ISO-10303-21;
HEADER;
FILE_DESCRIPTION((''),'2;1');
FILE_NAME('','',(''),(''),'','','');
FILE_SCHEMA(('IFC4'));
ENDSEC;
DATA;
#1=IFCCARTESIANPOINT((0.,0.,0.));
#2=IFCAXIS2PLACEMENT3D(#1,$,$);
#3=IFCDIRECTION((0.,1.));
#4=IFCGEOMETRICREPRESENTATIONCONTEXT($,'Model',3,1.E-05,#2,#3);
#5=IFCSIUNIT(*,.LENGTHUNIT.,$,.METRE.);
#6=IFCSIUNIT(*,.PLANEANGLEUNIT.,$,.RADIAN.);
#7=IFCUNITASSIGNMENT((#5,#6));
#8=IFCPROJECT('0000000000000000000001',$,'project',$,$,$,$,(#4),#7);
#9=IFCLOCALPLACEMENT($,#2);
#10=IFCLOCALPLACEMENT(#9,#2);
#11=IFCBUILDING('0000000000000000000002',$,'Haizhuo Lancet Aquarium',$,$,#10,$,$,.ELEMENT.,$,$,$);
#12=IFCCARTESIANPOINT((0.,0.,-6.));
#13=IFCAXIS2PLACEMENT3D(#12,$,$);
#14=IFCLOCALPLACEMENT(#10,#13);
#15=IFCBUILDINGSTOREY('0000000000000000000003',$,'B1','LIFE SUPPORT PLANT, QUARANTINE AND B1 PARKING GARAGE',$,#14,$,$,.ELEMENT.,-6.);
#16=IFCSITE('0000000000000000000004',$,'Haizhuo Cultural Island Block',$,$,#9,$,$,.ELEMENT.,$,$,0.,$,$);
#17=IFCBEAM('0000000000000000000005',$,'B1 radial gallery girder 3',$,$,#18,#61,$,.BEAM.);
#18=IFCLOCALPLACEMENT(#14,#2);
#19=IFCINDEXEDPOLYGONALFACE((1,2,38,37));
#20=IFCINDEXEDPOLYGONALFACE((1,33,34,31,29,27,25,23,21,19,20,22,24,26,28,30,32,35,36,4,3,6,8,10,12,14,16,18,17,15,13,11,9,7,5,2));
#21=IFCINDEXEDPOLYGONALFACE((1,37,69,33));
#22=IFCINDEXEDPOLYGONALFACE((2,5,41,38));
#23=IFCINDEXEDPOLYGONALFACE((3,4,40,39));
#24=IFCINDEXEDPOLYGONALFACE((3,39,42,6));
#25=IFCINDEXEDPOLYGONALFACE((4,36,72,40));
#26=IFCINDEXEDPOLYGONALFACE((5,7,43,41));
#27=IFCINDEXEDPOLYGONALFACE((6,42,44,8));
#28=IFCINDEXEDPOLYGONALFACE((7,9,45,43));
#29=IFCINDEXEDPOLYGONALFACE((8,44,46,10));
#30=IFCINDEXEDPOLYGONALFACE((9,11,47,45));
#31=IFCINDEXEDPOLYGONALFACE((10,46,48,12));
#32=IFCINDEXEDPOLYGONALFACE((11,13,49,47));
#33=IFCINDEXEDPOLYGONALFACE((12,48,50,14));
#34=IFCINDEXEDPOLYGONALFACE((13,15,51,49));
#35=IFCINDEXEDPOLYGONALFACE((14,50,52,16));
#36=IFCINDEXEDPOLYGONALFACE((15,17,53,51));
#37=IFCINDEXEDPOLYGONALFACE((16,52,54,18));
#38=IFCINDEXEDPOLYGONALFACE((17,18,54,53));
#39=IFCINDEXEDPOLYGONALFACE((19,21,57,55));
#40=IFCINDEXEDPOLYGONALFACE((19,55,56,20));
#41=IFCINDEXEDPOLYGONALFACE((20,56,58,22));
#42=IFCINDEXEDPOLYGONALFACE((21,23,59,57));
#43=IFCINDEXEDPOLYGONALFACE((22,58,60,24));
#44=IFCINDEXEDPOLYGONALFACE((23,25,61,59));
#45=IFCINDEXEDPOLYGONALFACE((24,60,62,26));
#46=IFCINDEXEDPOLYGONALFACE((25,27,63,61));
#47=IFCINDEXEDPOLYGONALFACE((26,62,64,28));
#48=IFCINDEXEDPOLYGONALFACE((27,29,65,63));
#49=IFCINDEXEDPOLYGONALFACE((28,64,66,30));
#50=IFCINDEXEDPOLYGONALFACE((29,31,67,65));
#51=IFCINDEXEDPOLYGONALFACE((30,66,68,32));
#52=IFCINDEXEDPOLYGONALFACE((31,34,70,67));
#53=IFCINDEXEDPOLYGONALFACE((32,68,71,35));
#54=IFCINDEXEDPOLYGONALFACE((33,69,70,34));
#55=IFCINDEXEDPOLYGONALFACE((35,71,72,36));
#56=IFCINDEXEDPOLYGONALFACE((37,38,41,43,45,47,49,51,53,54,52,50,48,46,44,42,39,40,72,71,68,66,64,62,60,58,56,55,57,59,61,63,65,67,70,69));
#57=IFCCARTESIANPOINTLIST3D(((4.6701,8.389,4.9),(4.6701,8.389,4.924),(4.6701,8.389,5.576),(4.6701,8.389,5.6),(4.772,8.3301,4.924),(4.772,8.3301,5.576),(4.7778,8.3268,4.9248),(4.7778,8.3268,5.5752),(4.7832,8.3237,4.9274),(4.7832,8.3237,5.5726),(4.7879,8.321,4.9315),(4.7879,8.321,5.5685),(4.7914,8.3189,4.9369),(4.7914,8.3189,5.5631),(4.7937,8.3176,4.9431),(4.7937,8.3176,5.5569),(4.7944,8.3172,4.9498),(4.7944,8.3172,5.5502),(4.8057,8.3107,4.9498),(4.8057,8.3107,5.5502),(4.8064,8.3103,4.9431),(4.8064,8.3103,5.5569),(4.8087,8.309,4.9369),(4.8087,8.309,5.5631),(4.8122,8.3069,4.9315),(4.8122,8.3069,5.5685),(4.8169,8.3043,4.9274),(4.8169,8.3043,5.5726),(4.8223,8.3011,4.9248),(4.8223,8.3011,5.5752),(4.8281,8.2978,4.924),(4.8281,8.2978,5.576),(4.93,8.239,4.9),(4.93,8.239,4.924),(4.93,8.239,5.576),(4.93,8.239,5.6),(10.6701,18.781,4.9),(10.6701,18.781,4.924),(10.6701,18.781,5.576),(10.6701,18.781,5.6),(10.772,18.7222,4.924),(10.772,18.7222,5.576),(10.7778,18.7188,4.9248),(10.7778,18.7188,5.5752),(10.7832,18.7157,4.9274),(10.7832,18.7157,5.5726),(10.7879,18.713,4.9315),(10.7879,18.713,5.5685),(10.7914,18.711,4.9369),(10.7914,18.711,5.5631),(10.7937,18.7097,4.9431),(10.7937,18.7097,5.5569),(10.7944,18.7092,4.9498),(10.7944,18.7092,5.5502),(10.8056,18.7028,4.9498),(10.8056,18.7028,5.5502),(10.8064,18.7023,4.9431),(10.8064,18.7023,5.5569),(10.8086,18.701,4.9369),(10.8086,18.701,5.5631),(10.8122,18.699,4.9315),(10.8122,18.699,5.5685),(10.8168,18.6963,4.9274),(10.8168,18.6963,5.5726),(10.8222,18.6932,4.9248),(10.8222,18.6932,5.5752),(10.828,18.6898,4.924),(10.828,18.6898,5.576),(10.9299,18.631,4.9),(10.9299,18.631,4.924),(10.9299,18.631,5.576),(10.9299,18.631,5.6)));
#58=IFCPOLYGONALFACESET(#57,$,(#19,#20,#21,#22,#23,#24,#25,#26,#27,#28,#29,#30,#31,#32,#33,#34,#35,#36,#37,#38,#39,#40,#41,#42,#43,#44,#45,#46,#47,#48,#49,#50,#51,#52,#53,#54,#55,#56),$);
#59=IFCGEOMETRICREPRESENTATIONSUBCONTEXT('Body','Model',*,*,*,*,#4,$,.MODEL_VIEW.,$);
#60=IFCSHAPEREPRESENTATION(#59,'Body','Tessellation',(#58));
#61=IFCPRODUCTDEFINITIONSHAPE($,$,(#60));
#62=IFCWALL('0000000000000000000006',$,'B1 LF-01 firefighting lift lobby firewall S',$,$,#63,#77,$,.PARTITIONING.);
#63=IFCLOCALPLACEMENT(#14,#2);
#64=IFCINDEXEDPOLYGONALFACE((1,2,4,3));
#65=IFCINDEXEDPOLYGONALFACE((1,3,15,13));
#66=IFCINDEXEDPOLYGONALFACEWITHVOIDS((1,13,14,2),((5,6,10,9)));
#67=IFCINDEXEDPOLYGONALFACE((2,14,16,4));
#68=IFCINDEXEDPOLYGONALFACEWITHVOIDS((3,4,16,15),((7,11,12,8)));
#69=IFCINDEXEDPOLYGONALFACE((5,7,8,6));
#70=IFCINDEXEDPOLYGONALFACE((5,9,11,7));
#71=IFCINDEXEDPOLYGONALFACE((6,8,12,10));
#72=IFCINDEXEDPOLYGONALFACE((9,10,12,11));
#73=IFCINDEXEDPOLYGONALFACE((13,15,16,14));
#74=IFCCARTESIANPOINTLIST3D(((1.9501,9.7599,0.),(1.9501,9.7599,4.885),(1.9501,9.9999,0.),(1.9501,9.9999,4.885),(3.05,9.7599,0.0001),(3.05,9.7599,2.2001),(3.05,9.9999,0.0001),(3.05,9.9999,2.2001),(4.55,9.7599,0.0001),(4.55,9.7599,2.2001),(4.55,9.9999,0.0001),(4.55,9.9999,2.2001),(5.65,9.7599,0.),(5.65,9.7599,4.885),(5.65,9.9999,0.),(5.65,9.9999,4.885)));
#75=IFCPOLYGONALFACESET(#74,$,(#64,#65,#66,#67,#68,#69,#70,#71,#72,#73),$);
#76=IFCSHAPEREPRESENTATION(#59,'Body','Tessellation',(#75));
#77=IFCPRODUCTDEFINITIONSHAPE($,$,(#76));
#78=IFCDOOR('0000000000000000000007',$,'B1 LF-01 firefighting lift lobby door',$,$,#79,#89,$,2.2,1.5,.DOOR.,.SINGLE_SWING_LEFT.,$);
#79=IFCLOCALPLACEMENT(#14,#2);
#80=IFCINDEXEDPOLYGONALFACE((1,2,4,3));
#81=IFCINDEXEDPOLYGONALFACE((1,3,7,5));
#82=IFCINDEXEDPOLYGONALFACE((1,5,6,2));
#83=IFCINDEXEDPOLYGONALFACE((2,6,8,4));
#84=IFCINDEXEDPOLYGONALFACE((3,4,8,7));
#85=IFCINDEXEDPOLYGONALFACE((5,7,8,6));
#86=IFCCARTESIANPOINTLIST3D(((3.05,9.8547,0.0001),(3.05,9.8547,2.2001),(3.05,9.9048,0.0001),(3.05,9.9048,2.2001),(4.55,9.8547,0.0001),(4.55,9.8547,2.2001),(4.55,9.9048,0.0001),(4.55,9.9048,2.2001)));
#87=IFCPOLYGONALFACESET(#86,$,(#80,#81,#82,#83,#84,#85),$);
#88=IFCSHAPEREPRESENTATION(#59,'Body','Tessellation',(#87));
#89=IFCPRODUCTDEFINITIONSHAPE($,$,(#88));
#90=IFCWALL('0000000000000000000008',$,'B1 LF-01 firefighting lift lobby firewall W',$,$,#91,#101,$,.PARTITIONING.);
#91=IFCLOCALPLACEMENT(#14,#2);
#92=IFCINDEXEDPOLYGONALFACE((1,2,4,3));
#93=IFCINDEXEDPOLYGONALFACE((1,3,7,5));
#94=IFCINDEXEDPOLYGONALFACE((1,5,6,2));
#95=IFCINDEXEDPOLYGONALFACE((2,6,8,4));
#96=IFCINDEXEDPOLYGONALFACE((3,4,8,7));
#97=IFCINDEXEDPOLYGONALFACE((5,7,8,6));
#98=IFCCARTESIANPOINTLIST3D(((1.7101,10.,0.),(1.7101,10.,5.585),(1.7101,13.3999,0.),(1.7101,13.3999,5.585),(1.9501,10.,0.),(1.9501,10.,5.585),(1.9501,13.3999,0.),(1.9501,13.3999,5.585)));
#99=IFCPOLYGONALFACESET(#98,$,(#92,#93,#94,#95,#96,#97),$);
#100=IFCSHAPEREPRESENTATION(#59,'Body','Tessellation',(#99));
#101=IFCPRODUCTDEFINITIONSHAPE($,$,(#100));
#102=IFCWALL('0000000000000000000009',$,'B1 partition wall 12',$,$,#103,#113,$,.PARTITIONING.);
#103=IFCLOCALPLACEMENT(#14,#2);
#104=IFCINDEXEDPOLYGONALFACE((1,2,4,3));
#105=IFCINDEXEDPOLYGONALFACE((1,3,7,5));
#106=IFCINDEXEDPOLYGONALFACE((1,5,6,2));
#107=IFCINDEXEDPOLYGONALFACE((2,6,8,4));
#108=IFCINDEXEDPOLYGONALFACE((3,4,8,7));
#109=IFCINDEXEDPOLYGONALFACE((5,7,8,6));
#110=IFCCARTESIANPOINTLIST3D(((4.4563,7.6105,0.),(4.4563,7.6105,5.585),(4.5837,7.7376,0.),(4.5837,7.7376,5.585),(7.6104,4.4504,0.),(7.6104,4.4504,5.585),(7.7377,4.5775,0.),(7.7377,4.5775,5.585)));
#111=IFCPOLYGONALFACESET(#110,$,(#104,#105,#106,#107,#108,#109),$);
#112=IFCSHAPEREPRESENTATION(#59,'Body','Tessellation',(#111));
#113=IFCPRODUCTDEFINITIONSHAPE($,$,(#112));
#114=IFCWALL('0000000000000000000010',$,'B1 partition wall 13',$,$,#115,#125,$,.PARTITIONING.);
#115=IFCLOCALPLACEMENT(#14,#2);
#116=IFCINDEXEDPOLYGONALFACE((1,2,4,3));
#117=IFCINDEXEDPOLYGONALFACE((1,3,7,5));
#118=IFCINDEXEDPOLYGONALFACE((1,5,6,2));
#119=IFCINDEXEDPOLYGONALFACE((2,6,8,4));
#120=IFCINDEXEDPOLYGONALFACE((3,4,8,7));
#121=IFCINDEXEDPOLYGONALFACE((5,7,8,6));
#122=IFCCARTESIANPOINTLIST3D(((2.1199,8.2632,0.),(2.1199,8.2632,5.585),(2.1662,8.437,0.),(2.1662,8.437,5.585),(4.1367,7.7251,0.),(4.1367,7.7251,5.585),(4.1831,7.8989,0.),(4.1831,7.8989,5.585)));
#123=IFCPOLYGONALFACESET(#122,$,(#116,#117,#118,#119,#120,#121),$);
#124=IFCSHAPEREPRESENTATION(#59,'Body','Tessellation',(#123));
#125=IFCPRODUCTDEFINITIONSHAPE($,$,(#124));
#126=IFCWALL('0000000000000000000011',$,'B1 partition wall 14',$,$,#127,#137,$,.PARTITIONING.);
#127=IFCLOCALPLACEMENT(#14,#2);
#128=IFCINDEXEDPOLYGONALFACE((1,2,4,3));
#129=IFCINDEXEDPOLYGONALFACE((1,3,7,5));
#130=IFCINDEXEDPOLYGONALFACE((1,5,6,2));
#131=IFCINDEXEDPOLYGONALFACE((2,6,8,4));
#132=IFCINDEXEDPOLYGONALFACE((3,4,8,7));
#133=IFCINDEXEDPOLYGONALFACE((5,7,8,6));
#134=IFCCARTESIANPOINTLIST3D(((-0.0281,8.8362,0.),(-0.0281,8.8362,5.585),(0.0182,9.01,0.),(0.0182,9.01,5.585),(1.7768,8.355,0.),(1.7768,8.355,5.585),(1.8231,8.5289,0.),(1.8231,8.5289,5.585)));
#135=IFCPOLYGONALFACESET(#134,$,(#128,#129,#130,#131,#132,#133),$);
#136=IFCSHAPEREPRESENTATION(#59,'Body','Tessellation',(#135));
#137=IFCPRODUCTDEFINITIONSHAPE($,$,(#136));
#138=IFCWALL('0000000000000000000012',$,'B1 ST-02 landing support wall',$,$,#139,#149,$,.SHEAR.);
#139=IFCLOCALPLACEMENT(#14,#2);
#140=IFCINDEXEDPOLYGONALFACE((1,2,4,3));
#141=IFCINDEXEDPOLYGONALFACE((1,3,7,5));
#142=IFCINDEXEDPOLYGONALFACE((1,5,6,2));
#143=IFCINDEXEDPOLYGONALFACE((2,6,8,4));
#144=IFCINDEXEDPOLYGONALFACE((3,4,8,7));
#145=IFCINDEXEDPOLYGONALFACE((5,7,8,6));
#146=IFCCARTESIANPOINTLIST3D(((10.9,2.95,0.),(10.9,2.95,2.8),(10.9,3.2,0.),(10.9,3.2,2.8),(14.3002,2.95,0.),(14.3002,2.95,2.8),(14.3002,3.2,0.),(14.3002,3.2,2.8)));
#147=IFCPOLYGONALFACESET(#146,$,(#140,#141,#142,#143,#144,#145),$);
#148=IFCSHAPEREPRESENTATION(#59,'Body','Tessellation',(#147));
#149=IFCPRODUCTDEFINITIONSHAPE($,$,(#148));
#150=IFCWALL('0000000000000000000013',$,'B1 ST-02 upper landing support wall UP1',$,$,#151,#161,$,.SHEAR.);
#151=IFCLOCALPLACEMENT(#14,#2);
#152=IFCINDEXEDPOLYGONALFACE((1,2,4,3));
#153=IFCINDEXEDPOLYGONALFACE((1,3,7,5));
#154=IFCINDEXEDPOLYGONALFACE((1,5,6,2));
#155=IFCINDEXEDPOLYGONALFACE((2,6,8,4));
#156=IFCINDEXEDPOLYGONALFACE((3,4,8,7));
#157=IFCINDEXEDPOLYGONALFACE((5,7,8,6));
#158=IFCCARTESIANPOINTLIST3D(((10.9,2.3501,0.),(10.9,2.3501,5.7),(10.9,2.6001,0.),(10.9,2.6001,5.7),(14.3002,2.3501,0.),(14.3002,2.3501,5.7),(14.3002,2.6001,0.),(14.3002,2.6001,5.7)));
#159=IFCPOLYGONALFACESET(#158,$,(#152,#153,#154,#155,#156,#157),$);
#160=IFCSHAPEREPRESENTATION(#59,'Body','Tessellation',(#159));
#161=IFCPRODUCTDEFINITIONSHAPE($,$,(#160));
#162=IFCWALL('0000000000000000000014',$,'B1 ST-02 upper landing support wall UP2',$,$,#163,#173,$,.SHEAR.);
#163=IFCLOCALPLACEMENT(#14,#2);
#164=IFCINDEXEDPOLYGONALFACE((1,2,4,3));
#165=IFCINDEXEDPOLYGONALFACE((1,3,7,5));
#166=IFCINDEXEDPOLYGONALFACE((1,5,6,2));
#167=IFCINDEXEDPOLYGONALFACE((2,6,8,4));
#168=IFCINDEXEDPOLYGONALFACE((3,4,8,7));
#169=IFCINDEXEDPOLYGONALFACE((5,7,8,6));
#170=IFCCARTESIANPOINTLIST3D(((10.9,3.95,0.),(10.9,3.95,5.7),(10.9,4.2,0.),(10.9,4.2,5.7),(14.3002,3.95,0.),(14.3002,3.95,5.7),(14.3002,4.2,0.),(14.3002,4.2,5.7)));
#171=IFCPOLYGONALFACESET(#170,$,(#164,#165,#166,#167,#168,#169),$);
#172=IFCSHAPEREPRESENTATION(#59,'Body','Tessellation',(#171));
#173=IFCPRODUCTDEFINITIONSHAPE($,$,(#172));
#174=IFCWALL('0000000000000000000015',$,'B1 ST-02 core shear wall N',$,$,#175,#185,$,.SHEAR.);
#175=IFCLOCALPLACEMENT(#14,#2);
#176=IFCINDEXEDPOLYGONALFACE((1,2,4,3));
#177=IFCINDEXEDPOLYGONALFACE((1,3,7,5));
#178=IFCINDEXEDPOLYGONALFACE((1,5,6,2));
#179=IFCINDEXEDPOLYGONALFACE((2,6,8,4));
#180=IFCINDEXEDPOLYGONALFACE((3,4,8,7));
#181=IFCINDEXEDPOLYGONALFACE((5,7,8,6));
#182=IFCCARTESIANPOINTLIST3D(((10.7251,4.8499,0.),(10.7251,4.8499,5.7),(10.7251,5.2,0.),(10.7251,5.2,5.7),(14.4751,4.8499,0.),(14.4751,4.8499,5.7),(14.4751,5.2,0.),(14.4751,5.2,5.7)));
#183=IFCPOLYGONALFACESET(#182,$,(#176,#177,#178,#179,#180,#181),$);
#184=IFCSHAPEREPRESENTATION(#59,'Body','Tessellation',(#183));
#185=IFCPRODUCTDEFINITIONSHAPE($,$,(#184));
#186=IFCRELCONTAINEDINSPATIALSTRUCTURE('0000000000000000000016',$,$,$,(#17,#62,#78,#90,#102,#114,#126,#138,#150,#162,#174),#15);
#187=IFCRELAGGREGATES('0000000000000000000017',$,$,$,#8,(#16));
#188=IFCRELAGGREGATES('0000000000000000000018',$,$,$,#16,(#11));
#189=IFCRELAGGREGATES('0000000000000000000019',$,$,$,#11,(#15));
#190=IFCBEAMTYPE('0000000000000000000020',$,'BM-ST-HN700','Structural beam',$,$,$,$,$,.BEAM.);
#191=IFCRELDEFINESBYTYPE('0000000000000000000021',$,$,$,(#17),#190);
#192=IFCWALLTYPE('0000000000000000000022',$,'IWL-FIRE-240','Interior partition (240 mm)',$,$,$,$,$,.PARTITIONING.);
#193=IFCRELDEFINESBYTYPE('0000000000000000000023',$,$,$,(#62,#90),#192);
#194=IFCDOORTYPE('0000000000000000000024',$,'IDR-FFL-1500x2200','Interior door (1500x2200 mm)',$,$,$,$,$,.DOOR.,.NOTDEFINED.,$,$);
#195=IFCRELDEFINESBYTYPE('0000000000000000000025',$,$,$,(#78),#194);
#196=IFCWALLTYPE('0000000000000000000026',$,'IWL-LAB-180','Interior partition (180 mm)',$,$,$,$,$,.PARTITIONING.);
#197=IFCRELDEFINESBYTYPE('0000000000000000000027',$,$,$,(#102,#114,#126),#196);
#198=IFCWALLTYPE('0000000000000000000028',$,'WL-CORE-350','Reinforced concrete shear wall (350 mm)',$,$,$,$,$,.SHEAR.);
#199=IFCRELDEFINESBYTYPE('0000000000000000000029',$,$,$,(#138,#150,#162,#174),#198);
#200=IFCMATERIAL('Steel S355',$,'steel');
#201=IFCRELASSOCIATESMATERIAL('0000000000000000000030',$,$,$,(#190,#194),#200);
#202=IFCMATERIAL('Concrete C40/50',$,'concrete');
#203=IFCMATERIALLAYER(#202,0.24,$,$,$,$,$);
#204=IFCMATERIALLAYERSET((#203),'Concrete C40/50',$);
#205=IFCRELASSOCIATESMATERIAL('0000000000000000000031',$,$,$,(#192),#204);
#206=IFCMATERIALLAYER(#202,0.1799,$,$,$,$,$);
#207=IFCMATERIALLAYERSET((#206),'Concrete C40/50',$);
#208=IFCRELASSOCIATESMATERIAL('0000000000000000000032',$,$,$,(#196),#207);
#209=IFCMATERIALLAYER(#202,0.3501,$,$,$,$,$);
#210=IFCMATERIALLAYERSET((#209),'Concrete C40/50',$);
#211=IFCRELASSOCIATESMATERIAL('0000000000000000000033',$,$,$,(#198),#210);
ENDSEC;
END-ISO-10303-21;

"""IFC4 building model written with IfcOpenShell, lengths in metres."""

from ifc_helpers import new_model, si_unit, direction, frame, frame_2d, origin, origin_2d, place, context, subcontext, project, spatial, rectangle, i_section, extrude, material, layer, layer_set, material_profile, profile_set, type_object, element, fill, save


model = new_model("IFC4")

# Units and contexts
model_context = context("Model", 3, precision=1e-05, world=origin(), true_north=direction((0.0, 1.0)))
body_context = subcontext(model_context, "Body", "Model", "MODEL_VIEW")
ifc_project = project(units=[si_unit("LENGTHUNIT", "METRE"), si_unit("PLANEANGLEUNIT", "RADIAN")], contexts=[model_context])

# Site, building, storey
site_placement = place(None, origin())
site = spatial("IfcSite", under=ifc_project, at=site_placement, Name="Haizhuo Cultural Island Block", CompositionType="ELEMENT", RefElevation=0.0)
building_placement = place(site_placement, origin())
building = spatial("IfcBuilding", under=site, at=building_placement, Name="Haizhuo Lancet Aquarium", CompositionType="ELEMENT")
storey_placement = place(building_placement, frame((0.0, 0.0, -6.0)))
storey = spatial("IfcBuildingStorey", under=building, at=storey_placement, Name="B1", Description="LIFE SUPPORT PLANT, QUARANTINE AND B1 PARKING GARAGE", CompositionType="ELEMENT", Elevation=-6.0)

# Shared definitions
ifc_material_1 = material(Name="Concrete C40/50", Category="concrete")

# Beam
ifc_material_2 = material(Name="Steel S355", Category="steel")
ifc_material_profile_1 = material_profile(ifc_material_2, i_section(OverallWidth=0.3, OverallDepth=0.7, WebThickness=0.0129, FlangeThickness=0.0239, FilletRadius=0.0259, at=origin_2d()), Name="HN 700x300x13x24")
ifc_profile_set_1 = profile_set([ifc_material_profile_1], Name="Steel S355")
beam_type_1 = type_object("IfcBeamType", Name="BM-ST-HN700", Description="Structural beam", PredefinedType="BEAM", material=ifc_profile_set_1)
beam_placement = place(storey_placement, frame((4.8, 8.314, 5.25), z_axis=(0.500008, 0.866021, 0.0), x_axis=(-0.866021, 0.500008, 0.0)))
element("IfcBeam", 1, at=beam_placement, inside=storey, type_object=beam_type_1, Name="B1 radial gallery girder 3", PredefinedType="BEAM", context=body_context, shape_type="SweptSolid", body=[
    extrude(i_section(OverallWidth=0.3, OverallDepth=0.7, WebThickness=0.0129, FlangeThickness=0.0239, FilletRadius=0.0259, at=origin_2d()), origin(), (0.0, 0.0, 1.0), 11.9998),
])

# Wall, opening, door
ifc_layer_1 = layer(ifc_material_1, 0.24)
ifc_layer_set_1 = layer_set([ifc_layer_1], Name="Concrete C40/50")
wall_type_1 = type_object("IfcWallType", Name="IWL-FIRE-240", Description="Interior partition (240 mm)", PredefinedType="PARTITIONING", material=ifc_layer_set_1)
wall_1_placement = place(storey_placement, frame((1.95, 9.8799, 0.0), z_axis=(0.0, 0.0, 1.0), x_axis=(1.0, 0.0, 0.0)))
wall_1 = element("IfcWall", 2, at=wall_1_placement, inside=storey, type_object=wall_type_1, Name="B1 LF-01 firefighting lift lobby firewall S", PredefinedType="PARTITIONING", context=body_context, shape_type="SweptSolid", body=[
    extrude(rectangle(XDim=3.7, YDim=0.24, at=frame_2d((1.8501, 0.0))), origin(), (0.0, 0.0, 1.0), 4.885),
])
opening_1_placement = place(wall_1_placement, frame((1.1001, 0.0, 0.0)))
opening_1 = element("IfcOpeningElement", 3, at=opening_1_placement, cuts=wall_1, PredefinedType="OPENING", context=body_context, shape_type="SweptSolid", body=[
    extrude(rectangle(XDim=1.5, YDim=2.2, at=frame_2d((0.75, 1.1001))), frame((0.0, 0.1299, 0.0), z_axis=(0.0, -1.0, 0.0), x_axis=(1.0, 0.0, 0.0)), (0.0, 0.0, 1.0), 0.26),
])
door_type_1 = type_object("IfcDoorType", Name="IDR-FFL-1500x2200", Description="Interior door (1500x2200 mm)", OperationType="NOTDEFINED", PredefinedType="DOOR", material=ifc_material_2)
door_1_placement = place(opening_1_placement, origin())
door_1 = element("IfcDoor", 4, at=door_1_placement, inside=storey, type_object=door_type_1, Name="B1 LF-01 firefighting lift lobby door", OperationType="SINGLE_SWING_LEFT", OverallHeight=2.2, OverallWidth=1.5, PredefinedType="DOOR", context=body_context, shape_type="SweptSolid", body=[
    extrude(rectangle(XDim=1.5, YDim=2.2, at=frame_2d((0.75, 1.1001))), frame((0.0, 0.0249, 0.0), z_axis=(0.0, -1.0, 0.0), x_axis=(1.0, 0.0, 0.0)), (0.0, 0.0, 1.0), 0.05),
])
fill(opening_1, door_1)

# Walls
wall_2_placement = place(storey_placement, frame((1.8301, 10.0, 0.0), z_axis=(0.0, 0.0, 1.0), x_axis=(0.0, 1.0, 0.0)))
element("IfcWall", 5, at=wall_2_placement, inside=storey, type_object=wall_type_1, Name="B1 LF-01 firefighting lift lobby firewall W", PredefinedType="PARTITIONING", context=body_context, shape_type="SweptSolid", body=[
    extrude(rectangle(XDim=3.3999, YDim=0.24, at=frame_2d((1.7, 0.0))), origin(), (0.0, 0.0, 1.0), 5.585),
])
ifc_layer_2 = layer(ifc_material_1, 0.1799)
ifc_layer_set_2 = layer_set([ifc_layer_2], Name="Concrete C40/50")
wall_type_2 = type_object("IfcWallType", Name="IWL-LAB-180", Description="Interior partition (180 mm)", PredefinedType="PARTITIONING", material=ifc_layer_set_2)
wall_3_placement = place(storey_placement, frame((7.6741, 4.5139, 0.0), z_axis=(0.0, 0.0, 1.0), x_axis=(-0.706423, 0.70779, 0.0)))
element("IfcWall", 6, at=wall_3_placement, inside=storey, type_object=wall_type_2, Name="B1 partition wall 12", PredefinedType="PARTITIONING", context=body_context, shape_type="SweptSolid", body=[
    extrude(rectangle(XDim=4.4648, YDim=0.1799, at=frame_2d((2.2324, 0.0))), origin(), (0.0, 0.0, 1.0), 5.585),
])
wall_4_placement = place(storey_placement, frame((4.1599, 7.812, 0.0), z_axis=(0.0, 0.0, 1.0), x_axis=(-0.966204, 0.257779, 0.0)))
element("IfcWall", 7, at=wall_4_placement, inside=storey, type_object=wall_type_2, Name="B1 partition wall 13", PredefinedType="PARTITIONING", context=body_context, shape_type="SweptSolid", body=[
    extrude(rectangle(XDim=2.0874, YDim=0.1799, at=frame_2d((1.0437, 0.0))), origin(), (0.0, 0.0, 1.0), 5.585),
])
wall_5_placement = place(storey_placement, frame((1.8, 8.4419, 0.0), z_axis=(0.0, 0.0, 1.0), x_axis=(-0.96625, 0.257606, 0.0)))
element("IfcWall", 8, at=wall_5_placement, inside=storey, type_object=wall_type_2, Name="B1 partition wall 14", PredefinedType="PARTITIONING", context=body_context, shape_type="SweptSolid", body=[
    extrude(rectangle(XDim=1.8679, YDim=0.1799, at=frame_2d((0.9341, 0.0))), origin(), (0.0, 0.0, 1.0), 5.585),
])
ifc_layer_3 = layer(ifc_material_1, 0.3501)
ifc_layer_set_3 = layer_set([ifc_layer_3], Name="Concrete C40/50")
wall_type_3 = type_object("IfcWallType", Name="WL-CORE-350", Description="Reinforced concrete shear wall (350 mm)", PredefinedType="SHEAR", material=ifc_layer_set_3)
wall_6_placement = place(storey_placement, frame((10.8999, 3.075, 0.0), z_axis=(0.0, 0.0, 1.0), x_axis=(1.0, 0.0, 0.0)))
element("IfcWall", 9, at=wall_6_placement, inside=storey, type_object=wall_type_3, Name="B1 ST-02 landing support wall", PredefinedType="SHEAR", context=body_context, shape_type="SweptSolid", body=[
    extrude(rectangle(XDim=3.4001, YDim=0.25, at=frame_2d((1.7002, 0.0))), origin(), (0.0, 0.0, 1.0), 2.8),
])
for number, where, z_axis, x_axis, name in (
    (10, (10.8999, 2.4751, 0.0), (0.0, 0.0, 1.0), (1.0, 0.0, 0.0), "B1 ST-02 upper landing support wall UP1"),
    (11, (10.8999, 4.075, 0.0), (0.0, 0.0, 1.0), (1.0, 0.0, 0.0), "B1 ST-02 upper landing support wall UP2"),
):
    element("IfcWall", number, at=place(storey_placement, frame(where, z_axis=z_axis, x_axis=x_axis)), inside=storey, type_object=wall_type_3, Name=name, PredefinedType="SHEAR", context=body_context, shape_type="SweptSolid", body=[
        extrude(rectangle(XDim=3.4001, YDim=0.25, at=frame_2d((1.7002, 0.0))), origin(), (0.0, 0.0, 1.0), 5.7),
    ])
wall_7_placement = place(storey_placement, frame((10.7251, 5.0249, 0.0), z_axis=(0.0, 0.0, 1.0), x_axis=(1.0, 0.0, 0.0)))
element("IfcWall", 12, at=wall_7_placement, inside=storey, type_object=wall_type_3, Name="B1 ST-02 core shear wall N", PredefinedType="SHEAR", context=body_context, shape_type="SweptSolid", body=[
    extrude(rectangle(XDim=3.75, YDim=0.3501, at=frame_2d((1.875, 0.0))), origin(), (0.0, 0.0, 1.0), 5.7),
])

save(model, "model.ifc")
